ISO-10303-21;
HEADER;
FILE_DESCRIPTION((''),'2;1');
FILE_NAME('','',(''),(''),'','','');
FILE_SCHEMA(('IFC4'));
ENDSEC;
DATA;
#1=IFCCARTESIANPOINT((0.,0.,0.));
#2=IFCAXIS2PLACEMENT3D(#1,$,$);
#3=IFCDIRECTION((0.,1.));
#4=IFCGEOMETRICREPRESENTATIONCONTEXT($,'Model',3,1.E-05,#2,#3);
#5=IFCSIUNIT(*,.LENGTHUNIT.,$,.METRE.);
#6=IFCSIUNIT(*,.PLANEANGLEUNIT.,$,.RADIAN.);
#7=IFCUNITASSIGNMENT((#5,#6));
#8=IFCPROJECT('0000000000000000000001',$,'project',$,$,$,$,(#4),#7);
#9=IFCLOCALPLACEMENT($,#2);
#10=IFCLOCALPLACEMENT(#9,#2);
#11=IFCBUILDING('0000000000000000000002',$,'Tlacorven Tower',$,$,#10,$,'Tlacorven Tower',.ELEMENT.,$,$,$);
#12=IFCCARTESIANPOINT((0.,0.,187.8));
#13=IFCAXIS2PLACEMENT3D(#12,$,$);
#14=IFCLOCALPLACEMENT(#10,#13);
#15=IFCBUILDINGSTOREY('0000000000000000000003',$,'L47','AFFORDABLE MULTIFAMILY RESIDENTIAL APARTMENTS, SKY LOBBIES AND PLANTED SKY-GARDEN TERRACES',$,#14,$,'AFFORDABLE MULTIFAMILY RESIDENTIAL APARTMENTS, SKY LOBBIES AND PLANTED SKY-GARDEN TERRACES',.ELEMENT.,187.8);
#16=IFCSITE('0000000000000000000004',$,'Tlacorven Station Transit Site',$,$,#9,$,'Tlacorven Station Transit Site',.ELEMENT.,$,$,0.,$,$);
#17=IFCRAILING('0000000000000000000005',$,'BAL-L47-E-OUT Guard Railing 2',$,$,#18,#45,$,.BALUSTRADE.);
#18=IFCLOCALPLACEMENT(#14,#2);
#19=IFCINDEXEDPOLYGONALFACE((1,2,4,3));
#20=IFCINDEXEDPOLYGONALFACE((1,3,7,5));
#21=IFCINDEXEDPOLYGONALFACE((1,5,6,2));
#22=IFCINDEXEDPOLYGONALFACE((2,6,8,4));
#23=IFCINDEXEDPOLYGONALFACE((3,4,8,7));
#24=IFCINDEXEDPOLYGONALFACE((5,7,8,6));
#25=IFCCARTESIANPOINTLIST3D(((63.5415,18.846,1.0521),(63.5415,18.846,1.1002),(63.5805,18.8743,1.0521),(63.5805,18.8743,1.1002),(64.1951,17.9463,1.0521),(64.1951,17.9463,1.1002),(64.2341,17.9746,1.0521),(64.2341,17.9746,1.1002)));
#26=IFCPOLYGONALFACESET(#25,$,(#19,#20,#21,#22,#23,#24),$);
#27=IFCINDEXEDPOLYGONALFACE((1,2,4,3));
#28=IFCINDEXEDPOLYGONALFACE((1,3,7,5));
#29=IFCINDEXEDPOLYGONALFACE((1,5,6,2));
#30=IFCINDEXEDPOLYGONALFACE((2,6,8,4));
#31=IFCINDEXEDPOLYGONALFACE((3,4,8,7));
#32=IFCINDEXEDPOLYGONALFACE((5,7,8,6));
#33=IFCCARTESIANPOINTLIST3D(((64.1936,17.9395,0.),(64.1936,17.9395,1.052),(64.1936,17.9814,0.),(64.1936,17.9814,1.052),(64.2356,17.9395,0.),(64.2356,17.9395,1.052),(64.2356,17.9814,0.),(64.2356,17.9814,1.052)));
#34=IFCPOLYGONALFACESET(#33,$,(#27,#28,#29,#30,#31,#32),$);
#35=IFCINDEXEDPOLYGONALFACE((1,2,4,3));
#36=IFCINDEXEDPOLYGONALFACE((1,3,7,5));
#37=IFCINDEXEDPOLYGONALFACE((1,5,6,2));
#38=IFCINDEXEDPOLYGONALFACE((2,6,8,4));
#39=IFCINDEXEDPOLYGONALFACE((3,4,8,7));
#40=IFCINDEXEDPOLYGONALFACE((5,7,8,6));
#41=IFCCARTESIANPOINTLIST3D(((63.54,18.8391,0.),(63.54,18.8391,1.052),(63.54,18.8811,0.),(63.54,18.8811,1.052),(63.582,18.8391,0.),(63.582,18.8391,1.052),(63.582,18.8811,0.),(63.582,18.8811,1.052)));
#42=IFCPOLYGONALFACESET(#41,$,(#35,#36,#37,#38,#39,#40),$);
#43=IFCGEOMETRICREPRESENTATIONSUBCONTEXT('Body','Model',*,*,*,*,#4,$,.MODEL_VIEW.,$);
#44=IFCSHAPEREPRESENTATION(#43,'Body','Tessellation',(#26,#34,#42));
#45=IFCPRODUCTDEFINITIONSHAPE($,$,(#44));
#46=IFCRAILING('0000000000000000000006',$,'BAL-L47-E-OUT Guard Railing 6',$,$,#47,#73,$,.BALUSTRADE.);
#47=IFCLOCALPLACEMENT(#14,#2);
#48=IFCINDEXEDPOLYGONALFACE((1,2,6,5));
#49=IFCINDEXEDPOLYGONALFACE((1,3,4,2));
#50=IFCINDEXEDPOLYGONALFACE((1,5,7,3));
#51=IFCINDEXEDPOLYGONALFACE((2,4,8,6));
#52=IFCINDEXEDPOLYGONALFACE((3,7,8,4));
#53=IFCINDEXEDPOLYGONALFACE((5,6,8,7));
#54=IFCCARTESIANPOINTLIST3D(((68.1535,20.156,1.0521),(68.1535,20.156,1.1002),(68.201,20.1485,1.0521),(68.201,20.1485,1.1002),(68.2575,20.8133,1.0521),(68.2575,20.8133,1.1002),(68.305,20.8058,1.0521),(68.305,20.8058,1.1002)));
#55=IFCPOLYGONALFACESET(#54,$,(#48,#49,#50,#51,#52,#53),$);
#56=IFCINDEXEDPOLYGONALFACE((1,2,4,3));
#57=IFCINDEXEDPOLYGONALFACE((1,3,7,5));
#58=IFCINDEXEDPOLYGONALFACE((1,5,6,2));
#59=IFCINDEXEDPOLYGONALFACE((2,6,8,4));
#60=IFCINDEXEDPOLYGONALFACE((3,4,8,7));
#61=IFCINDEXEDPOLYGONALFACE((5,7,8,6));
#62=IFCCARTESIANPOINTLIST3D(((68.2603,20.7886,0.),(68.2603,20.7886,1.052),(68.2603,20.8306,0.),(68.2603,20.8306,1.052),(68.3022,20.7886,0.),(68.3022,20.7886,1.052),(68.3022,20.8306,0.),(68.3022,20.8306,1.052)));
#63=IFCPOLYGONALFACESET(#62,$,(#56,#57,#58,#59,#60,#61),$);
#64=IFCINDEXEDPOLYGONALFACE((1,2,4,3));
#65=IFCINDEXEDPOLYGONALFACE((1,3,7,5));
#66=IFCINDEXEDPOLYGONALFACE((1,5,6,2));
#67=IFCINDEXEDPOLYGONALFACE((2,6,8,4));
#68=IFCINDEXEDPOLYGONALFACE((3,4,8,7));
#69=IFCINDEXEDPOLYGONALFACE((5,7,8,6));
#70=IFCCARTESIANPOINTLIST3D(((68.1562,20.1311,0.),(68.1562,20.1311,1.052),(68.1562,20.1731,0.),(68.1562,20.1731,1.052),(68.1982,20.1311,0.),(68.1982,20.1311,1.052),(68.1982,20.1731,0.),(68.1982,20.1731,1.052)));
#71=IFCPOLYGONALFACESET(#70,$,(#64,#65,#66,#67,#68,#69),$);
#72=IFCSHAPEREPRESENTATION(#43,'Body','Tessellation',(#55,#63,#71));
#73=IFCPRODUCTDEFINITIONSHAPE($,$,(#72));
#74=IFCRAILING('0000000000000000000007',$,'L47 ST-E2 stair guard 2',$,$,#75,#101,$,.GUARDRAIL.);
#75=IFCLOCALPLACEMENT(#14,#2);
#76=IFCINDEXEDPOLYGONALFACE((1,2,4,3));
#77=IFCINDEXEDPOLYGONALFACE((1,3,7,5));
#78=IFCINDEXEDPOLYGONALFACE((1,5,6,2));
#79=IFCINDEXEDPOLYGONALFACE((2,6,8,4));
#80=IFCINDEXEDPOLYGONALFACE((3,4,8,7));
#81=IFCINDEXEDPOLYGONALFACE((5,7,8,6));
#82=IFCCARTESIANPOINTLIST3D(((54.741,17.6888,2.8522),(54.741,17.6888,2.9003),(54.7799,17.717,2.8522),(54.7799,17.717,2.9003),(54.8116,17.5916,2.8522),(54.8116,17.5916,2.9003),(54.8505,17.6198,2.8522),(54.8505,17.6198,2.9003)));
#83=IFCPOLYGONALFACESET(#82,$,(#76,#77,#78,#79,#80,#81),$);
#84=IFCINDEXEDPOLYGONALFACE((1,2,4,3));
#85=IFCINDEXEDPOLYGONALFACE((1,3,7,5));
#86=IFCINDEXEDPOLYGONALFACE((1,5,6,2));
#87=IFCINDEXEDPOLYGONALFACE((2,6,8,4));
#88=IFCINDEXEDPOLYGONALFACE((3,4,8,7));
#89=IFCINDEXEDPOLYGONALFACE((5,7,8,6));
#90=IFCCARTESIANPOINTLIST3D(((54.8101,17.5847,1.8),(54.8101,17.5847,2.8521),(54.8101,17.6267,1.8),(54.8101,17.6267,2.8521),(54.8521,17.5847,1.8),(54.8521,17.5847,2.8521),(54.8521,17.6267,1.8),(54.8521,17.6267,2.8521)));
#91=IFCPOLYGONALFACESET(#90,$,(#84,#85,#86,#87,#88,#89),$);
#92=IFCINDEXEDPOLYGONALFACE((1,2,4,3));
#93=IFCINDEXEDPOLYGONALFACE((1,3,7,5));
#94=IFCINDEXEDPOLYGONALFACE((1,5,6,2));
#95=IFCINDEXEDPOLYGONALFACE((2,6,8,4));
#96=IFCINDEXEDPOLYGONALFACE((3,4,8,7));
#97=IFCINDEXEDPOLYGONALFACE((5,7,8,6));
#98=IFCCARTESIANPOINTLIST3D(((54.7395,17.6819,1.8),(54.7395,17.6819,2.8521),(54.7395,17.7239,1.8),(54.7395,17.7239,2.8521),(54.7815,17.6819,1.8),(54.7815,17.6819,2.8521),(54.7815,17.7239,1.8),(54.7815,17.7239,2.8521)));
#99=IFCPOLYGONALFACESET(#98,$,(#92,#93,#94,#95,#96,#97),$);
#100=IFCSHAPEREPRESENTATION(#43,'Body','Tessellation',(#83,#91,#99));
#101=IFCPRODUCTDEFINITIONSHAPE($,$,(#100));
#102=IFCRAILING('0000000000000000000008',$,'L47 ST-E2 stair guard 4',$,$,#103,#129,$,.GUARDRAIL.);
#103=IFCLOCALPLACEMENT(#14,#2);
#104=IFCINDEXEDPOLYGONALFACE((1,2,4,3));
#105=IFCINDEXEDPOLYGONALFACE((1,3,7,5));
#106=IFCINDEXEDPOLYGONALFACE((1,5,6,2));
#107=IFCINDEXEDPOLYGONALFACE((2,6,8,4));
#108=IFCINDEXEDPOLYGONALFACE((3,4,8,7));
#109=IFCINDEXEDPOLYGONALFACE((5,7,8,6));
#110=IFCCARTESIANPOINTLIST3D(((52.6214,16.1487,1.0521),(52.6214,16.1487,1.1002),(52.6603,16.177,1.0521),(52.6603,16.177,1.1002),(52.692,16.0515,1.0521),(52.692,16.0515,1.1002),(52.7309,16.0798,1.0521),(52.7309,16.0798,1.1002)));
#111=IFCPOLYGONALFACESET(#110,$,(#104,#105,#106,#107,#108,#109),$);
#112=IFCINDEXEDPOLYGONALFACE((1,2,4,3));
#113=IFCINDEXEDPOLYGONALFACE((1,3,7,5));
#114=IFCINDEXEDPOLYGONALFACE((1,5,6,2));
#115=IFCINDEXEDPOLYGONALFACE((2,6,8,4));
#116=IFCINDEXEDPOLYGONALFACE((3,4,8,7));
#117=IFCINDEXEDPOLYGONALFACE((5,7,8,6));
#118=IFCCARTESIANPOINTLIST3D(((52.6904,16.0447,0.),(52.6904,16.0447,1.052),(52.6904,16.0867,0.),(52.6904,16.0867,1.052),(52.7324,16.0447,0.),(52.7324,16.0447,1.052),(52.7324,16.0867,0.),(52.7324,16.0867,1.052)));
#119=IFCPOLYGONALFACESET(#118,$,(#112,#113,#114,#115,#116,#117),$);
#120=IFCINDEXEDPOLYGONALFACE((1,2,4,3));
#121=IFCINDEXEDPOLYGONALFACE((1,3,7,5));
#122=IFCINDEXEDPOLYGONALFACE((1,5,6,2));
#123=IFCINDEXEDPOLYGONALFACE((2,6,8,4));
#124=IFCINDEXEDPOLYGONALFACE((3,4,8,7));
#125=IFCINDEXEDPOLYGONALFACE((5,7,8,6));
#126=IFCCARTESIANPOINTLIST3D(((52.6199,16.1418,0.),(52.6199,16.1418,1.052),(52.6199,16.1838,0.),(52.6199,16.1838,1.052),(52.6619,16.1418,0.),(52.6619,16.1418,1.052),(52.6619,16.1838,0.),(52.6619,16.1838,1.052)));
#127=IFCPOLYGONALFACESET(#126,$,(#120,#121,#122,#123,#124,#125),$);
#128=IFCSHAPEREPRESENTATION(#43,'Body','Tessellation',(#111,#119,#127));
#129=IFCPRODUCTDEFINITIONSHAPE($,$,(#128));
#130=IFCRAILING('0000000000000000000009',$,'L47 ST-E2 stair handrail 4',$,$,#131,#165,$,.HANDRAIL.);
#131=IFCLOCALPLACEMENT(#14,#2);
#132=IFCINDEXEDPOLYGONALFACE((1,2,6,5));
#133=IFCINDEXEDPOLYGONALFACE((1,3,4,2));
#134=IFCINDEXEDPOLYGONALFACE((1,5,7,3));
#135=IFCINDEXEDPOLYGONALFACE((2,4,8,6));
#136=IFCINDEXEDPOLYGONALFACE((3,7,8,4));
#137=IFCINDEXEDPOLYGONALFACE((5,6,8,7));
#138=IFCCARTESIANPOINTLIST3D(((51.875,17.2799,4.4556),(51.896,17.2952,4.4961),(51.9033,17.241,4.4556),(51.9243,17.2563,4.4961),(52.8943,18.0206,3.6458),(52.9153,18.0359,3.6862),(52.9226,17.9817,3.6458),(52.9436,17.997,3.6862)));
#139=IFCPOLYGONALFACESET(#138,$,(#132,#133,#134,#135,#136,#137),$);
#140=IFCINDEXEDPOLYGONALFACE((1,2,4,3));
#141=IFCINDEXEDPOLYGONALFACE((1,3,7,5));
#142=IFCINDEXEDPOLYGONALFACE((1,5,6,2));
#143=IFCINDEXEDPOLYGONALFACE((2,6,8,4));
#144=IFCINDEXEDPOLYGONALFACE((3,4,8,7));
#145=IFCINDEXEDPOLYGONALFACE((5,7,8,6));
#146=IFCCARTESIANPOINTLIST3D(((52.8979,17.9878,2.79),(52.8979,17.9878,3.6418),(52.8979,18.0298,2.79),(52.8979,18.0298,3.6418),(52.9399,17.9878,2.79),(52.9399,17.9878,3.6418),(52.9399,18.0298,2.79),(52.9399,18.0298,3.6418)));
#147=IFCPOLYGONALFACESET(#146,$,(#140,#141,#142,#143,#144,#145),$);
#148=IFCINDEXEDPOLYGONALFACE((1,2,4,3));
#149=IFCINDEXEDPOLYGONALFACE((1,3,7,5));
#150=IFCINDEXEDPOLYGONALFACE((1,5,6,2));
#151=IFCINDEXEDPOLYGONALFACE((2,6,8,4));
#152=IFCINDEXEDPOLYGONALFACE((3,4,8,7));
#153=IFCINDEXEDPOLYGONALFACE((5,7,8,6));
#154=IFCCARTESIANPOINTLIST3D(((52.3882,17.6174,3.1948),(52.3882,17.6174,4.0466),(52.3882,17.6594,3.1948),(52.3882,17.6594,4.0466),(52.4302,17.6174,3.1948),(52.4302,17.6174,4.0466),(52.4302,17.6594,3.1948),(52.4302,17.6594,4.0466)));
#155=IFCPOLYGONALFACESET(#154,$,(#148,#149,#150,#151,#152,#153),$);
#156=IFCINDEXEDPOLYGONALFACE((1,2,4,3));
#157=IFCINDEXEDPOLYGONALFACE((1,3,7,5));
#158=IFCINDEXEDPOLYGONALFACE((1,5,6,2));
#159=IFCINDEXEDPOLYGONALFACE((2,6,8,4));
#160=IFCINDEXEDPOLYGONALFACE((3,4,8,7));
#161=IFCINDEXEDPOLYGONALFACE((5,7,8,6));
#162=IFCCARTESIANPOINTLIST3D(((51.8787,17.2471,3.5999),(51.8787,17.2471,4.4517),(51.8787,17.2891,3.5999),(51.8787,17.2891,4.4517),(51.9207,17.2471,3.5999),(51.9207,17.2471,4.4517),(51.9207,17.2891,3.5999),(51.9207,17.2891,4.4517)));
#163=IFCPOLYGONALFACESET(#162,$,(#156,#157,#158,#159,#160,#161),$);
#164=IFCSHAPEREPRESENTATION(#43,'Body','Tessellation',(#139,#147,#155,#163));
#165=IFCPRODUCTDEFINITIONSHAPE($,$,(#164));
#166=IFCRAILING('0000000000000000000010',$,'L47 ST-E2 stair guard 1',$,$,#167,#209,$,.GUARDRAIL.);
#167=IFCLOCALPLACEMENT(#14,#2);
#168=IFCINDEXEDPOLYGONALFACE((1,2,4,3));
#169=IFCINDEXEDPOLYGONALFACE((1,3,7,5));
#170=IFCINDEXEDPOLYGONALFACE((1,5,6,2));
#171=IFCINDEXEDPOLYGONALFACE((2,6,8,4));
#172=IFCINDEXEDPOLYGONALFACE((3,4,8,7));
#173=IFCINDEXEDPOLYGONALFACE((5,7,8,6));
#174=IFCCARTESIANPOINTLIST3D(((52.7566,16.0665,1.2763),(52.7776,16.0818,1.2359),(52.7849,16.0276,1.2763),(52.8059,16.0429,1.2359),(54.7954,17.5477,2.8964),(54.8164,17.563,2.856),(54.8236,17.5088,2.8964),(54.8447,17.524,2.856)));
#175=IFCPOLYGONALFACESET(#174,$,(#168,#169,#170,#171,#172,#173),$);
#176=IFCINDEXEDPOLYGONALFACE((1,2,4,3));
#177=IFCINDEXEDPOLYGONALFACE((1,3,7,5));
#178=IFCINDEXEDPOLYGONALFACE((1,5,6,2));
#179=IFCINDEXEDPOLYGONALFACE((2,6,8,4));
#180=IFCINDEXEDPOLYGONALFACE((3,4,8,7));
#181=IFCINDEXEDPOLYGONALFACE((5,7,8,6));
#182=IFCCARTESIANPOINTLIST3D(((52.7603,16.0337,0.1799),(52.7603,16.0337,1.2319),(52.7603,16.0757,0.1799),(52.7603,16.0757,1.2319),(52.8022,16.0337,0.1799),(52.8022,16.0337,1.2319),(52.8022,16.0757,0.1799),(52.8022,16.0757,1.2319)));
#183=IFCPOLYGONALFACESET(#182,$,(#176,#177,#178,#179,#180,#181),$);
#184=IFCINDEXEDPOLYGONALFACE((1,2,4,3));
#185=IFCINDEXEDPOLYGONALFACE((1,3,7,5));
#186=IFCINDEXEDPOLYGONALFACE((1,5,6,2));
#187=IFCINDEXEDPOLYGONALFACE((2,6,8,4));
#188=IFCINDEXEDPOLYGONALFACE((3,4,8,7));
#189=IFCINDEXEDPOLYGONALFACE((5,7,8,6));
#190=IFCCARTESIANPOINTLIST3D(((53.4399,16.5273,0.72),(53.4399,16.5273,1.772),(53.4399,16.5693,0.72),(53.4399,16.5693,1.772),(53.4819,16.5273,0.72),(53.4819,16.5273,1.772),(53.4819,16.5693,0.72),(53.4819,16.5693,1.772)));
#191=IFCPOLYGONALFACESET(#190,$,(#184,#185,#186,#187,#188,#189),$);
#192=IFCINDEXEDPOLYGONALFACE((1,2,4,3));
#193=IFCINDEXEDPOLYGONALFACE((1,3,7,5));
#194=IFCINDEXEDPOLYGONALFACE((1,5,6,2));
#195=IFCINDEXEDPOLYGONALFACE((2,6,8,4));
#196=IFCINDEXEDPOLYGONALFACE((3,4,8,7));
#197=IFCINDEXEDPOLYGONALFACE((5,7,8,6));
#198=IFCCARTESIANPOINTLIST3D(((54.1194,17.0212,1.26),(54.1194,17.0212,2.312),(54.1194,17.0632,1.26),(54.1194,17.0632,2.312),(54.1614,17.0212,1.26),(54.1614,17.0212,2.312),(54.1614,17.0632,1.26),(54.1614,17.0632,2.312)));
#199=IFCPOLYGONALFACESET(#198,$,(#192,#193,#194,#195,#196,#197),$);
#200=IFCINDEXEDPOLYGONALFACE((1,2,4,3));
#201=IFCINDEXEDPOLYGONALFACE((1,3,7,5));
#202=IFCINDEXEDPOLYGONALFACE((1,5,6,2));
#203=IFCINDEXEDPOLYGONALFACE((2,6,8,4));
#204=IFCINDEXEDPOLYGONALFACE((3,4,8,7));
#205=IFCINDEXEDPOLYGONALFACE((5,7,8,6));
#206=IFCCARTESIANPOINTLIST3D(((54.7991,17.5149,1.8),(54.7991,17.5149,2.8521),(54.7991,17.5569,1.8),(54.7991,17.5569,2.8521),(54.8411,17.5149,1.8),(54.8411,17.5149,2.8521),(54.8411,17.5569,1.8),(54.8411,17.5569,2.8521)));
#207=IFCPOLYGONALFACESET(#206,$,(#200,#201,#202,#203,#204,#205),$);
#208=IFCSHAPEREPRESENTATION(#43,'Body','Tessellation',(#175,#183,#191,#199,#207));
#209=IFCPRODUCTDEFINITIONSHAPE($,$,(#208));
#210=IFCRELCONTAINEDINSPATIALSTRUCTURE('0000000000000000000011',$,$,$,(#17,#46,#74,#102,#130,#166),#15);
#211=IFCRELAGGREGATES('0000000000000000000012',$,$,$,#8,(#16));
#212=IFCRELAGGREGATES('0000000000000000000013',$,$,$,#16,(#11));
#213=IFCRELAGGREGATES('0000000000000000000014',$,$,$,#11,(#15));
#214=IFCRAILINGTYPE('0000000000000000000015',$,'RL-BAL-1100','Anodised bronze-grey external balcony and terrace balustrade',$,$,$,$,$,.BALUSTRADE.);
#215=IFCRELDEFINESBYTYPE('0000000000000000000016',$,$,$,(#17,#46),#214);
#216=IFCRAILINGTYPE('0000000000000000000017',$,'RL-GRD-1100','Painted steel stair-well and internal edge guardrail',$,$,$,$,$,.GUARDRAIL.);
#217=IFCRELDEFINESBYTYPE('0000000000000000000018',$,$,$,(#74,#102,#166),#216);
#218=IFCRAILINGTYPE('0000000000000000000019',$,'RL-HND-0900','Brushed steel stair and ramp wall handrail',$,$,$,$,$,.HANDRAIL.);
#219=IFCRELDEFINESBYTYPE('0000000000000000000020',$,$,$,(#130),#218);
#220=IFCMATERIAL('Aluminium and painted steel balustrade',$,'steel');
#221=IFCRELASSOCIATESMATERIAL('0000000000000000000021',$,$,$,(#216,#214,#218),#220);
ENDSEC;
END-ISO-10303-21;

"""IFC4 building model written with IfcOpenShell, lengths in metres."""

from ifc_helpers import new_model, si_unit, direction, frame, origin, origin_2d, place, context, subcontext, project, spatial, rectangle, extrude, source, transform, mapped, material, type_object, element, save


model = new_model("IFC4")

# Units and contexts
model_context = context("Model", 3, precision=1e-05, world=origin(), true_north=direction((0.0, 1.0)))
body_context = subcontext(model_context, "Body", "Model", "MODEL_VIEW")
ifc_project = project(units=[si_unit("LENGTHUNIT", "METRE"), si_unit("PLANEANGLEUNIT", "RADIAN")], contexts=[model_context])

# Site, building, storey
site_placement = place(None, origin())
site = spatial("IfcSite", under=ifc_project, at=site_placement, Name="Tlacorven Station Transit Site", LongName="Tlacorven Station Transit Site", CompositionType="ELEMENT", RefElevation=0.0)
building_placement = place(site_placement, origin())
building = spatial("IfcBuilding", under=site, at=building_placement, Name="Tlacorven Tower", LongName="Tlacorven Tower", CompositionType="ELEMENT")
storey_placement = place(building_placement, frame((0.0, 0.0, 187.8)))
storey = spatial("IfcBuildingStorey", under=building, at=storey_placement, Name="L47", Description="AFFORDABLE MULTIFAMILY RESIDENTIAL APARTMENTS, SKY LOBBIES AND PLANTED SKY-GARDEN TERRACES", LongName="AFFORDABLE MULTIFAMILY RESIDENTIAL APARTMENTS, SKY LOBBIES AND PLANTED SKY-GARDEN TERRACES", CompositionType="ELEMENT", Elevation=187.8)

# Railings
ifc_material_1 = material(Name="Aluminium and painted steel balustrade", Category="steel")
railing_type_1 = type_object("IfcRailingType", Name="RL-GRD-1100", Description="Painted steel stair-well and internal edge guardrail", PredefinedType="GUARDRAIL", material=ifc_material_1)
railing_type_2 = type_object("IfcRailingType", Name="RL-BAL-1100", Description="Anodised bronze-grey external balcony and terrace balustrade", PredefinedType="BALUSTRADE", material=ifc_material_1)
shared_shape_1 = source(origin(), body_context, "Body", "SweptSolid", [
    extrude(rectangle(XDim=0.0481, YDim=0.0481, at=origin_2d()), frame((0.0, 0.0, 1.0762), z_axis=(-0.587741, 0.809049, 0.0), x_axis=(-0.809049, -0.587741, 0.0)), (0.0, 0.0, 1.0), 1.1121),
    extrude(rectangle(XDim=0.042, YDim=0.042, at=origin_2d()), origin(), (0.0, 0.0, 1.0), 1.052),
    extrude(rectangle(XDim=0.042, YDim=0.042, at=origin_2d()), frame((-0.6536, 0.8997, 0.0)), (0.0, 0.0, 1.0), 1.052),
])
railing_1_placement = place(storey_placement, frame((64.2146, 17.9604, 0.0)))
element("IfcRailing", 1, at=railing_1_placement, inside=storey, type_object=railing_type_2, Name="BAL-L47-E-OUT Guard Railing 2", PredefinedType="BALUSTRADE", context=body_context, shape_type="MappedRepresentation", body=[
    mapped(shared_shape_1, transform((0.0, 0.0, 0.0), scale=1.0)),
])
shared_shape_2 = source(origin(), body_context, "Body", "SweptSolid", [
    extrude(rectangle(XDim=0.0481, YDim=0.0481, at=origin_2d()), frame((0.0, 0.0, 1.0762), z_axis=(-0.156245, -0.987718, 0.0), x_axis=(0.987718, -0.156245, 0.0)), (0.0, 0.0, 1.0), 0.6655),
    extrude(rectangle(XDim=0.042, YDim=0.042, at=origin_2d()), origin(), (0.0, 0.0, 1.0), 1.052),
    extrude(rectangle(XDim=0.042, YDim=0.042, at=origin_2d()), frame((-0.104, -0.6575, 0.0)), (0.0, 0.0, 1.0), 1.052),
])
railing_2_placement = place(storey_placement, frame((68.2812, 20.8096, 0.0)))
element("IfcRailing", 2, at=railing_2_placement, inside=storey, type_object=railing_type_2, Name="BAL-L47-E-OUT Guard Railing 6", PredefinedType="BALUSTRADE", context=body_context, shape_type="MappedRepresentation", body=[
    mapped(shared_shape_2, transform((0.0, 0.0, 0.0), scale=1.0)),
])
shared_shape_3 = source(origin(), body_context, "Body", "SweptSolid", [
    extrude(rectangle(XDim=0.0481, YDim=0.0481, at=origin_2d()), frame((0.0, 0.0, 1.0762), z_axis=(-0.587567, 0.809175, 0.0), x_axis=(-0.809175, -0.587567, 0.0)), (0.0, 0.0, 1.0), 0.1201),
    extrude(rectangle(XDim=0.042, YDim=0.042, at=origin_2d()), origin(), (0.0, 0.0, 1.0), 1.052),
    extrude(rectangle(XDim=0.042, YDim=0.042, at=origin_2d()), frame((-0.0706, 0.0972, 0.0)), (0.0, 0.0, 1.0), 1.052),
])
for number, where, name in (
    (3, (54.8311, 17.6057, 1.8), "L47 ST-E2 stair guard 2"),
    (4, (52.7114, 16.0657, 0.0), "L47 ST-E2 stair guard 4"),
):
    element("IfcRailing", number, at=place(storey_placement, frame(where)), inside=storey, type_object=railing_type_1, Name=name, PredefinedType="GUARDRAIL", context=body_context, shape_type="MappedRepresentation", body=[
        mapped(shared_shape_3, transform((0.0, 0.0, 0.0), scale=1.0)),
    ])
railing_type_3 = type_object("IfcRailingType", Name="RL-HND-0900", Description="Brushed steel stair and ramp wall handrail", PredefinedType="HANDRAIL", material=ifc_material_1)
shared_shape_4 = source(origin(), body_context, "Body", "SweptSolid", [
    extrude(rectangle(XDim=0.0481, YDim=0.0481, at=origin_2d()), frame((0.0, 0.0, 0.876), z_axis=(-0.680521, -0.494539, 0.540668), x_axis=(0.587872, -0.808954, 0.0)), (0.0, 0.0, 1.0), 1.4978),
    extrude(rectangle(XDim=0.042, YDim=0.042, at=origin_2d()), origin(), (0.0, 0.0, 1.0), 0.8518),
    extrude(rectangle(XDim=0.042, YDim=0.042, at=origin_2d()), frame((-0.5098, -0.3704, 0.4048)), (0.0, 0.0, 1.0), 0.8518),
    extrude(rectangle(XDim=0.042, YDim=0.042, at=origin_2d()), frame((-1.0193, -0.7407, 0.8098)), (0.0, 0.0, 1.0), 0.8518),
])
railing_3_placement = place(storey_placement, frame((52.9189, 18.0088, 2.79)))
element("IfcRailing", 5, at=railing_3_placement, inside=storey, type_object=railing_type_3, Name="L47 ST-E2 stair handrail 4", PredefinedType="HANDRAIL", context=body_context, shape_type="MappedRepresentation", body=[
    mapped(shared_shape_4, transform((0.0, 0.0, 0.0), scale=1.0)),
])
shared_shape_5 = source(origin(), body_context, "Body", "SweptSolid", [
    extrude(rectangle(XDim=0.0481, YDim=0.0481, at=origin_2d()), frame((0.0, 0.0, 1.0762), z_axis=(0.680532, 0.494407, 0.540775), x_axis=(-0.587763, 0.809033, 0.0)), (0.0, 0.0, 1.0), 2.9958),
    extrude(rectangle(XDim=0.042, YDim=0.042, at=origin_2d()), origin(), (0.0, 0.0, 1.0), 1.052),
    extrude(rectangle(XDim=0.042, YDim=0.042, at=origin_2d()), frame((0.6797, 0.4937, 0.54)), (0.0, 0.0, 1.0), 1.052),
    extrude(rectangle(XDim=0.042, YDim=0.042, at=origin_2d()), frame((1.3591, 0.9875, 1.0801)), (0.0, 0.0, 1.0), 1.052),
    extrude(rectangle(XDim=0.042, YDim=0.042, at=origin_2d()), frame((2.0388, 1.4812, 1.6201)), (0.0, 0.0, 1.0), 1.052),
])
railing_4_placement = place(storey_placement, frame((52.7812, 16.0547, 0.1799)))
element("IfcRailing", 6, at=railing_4_placement, inside=storey, type_object=railing_type_1, Name="L47 ST-E2 stair guard 1", PredefinedType="GUARDRAIL", context=body_context, shape_type="MappedRepresentation", body=[
    mapped(shared_shape_5, transform((0.0, 0.0, 0.0), scale=1.0)),
])

save(model, "model.ifc")
